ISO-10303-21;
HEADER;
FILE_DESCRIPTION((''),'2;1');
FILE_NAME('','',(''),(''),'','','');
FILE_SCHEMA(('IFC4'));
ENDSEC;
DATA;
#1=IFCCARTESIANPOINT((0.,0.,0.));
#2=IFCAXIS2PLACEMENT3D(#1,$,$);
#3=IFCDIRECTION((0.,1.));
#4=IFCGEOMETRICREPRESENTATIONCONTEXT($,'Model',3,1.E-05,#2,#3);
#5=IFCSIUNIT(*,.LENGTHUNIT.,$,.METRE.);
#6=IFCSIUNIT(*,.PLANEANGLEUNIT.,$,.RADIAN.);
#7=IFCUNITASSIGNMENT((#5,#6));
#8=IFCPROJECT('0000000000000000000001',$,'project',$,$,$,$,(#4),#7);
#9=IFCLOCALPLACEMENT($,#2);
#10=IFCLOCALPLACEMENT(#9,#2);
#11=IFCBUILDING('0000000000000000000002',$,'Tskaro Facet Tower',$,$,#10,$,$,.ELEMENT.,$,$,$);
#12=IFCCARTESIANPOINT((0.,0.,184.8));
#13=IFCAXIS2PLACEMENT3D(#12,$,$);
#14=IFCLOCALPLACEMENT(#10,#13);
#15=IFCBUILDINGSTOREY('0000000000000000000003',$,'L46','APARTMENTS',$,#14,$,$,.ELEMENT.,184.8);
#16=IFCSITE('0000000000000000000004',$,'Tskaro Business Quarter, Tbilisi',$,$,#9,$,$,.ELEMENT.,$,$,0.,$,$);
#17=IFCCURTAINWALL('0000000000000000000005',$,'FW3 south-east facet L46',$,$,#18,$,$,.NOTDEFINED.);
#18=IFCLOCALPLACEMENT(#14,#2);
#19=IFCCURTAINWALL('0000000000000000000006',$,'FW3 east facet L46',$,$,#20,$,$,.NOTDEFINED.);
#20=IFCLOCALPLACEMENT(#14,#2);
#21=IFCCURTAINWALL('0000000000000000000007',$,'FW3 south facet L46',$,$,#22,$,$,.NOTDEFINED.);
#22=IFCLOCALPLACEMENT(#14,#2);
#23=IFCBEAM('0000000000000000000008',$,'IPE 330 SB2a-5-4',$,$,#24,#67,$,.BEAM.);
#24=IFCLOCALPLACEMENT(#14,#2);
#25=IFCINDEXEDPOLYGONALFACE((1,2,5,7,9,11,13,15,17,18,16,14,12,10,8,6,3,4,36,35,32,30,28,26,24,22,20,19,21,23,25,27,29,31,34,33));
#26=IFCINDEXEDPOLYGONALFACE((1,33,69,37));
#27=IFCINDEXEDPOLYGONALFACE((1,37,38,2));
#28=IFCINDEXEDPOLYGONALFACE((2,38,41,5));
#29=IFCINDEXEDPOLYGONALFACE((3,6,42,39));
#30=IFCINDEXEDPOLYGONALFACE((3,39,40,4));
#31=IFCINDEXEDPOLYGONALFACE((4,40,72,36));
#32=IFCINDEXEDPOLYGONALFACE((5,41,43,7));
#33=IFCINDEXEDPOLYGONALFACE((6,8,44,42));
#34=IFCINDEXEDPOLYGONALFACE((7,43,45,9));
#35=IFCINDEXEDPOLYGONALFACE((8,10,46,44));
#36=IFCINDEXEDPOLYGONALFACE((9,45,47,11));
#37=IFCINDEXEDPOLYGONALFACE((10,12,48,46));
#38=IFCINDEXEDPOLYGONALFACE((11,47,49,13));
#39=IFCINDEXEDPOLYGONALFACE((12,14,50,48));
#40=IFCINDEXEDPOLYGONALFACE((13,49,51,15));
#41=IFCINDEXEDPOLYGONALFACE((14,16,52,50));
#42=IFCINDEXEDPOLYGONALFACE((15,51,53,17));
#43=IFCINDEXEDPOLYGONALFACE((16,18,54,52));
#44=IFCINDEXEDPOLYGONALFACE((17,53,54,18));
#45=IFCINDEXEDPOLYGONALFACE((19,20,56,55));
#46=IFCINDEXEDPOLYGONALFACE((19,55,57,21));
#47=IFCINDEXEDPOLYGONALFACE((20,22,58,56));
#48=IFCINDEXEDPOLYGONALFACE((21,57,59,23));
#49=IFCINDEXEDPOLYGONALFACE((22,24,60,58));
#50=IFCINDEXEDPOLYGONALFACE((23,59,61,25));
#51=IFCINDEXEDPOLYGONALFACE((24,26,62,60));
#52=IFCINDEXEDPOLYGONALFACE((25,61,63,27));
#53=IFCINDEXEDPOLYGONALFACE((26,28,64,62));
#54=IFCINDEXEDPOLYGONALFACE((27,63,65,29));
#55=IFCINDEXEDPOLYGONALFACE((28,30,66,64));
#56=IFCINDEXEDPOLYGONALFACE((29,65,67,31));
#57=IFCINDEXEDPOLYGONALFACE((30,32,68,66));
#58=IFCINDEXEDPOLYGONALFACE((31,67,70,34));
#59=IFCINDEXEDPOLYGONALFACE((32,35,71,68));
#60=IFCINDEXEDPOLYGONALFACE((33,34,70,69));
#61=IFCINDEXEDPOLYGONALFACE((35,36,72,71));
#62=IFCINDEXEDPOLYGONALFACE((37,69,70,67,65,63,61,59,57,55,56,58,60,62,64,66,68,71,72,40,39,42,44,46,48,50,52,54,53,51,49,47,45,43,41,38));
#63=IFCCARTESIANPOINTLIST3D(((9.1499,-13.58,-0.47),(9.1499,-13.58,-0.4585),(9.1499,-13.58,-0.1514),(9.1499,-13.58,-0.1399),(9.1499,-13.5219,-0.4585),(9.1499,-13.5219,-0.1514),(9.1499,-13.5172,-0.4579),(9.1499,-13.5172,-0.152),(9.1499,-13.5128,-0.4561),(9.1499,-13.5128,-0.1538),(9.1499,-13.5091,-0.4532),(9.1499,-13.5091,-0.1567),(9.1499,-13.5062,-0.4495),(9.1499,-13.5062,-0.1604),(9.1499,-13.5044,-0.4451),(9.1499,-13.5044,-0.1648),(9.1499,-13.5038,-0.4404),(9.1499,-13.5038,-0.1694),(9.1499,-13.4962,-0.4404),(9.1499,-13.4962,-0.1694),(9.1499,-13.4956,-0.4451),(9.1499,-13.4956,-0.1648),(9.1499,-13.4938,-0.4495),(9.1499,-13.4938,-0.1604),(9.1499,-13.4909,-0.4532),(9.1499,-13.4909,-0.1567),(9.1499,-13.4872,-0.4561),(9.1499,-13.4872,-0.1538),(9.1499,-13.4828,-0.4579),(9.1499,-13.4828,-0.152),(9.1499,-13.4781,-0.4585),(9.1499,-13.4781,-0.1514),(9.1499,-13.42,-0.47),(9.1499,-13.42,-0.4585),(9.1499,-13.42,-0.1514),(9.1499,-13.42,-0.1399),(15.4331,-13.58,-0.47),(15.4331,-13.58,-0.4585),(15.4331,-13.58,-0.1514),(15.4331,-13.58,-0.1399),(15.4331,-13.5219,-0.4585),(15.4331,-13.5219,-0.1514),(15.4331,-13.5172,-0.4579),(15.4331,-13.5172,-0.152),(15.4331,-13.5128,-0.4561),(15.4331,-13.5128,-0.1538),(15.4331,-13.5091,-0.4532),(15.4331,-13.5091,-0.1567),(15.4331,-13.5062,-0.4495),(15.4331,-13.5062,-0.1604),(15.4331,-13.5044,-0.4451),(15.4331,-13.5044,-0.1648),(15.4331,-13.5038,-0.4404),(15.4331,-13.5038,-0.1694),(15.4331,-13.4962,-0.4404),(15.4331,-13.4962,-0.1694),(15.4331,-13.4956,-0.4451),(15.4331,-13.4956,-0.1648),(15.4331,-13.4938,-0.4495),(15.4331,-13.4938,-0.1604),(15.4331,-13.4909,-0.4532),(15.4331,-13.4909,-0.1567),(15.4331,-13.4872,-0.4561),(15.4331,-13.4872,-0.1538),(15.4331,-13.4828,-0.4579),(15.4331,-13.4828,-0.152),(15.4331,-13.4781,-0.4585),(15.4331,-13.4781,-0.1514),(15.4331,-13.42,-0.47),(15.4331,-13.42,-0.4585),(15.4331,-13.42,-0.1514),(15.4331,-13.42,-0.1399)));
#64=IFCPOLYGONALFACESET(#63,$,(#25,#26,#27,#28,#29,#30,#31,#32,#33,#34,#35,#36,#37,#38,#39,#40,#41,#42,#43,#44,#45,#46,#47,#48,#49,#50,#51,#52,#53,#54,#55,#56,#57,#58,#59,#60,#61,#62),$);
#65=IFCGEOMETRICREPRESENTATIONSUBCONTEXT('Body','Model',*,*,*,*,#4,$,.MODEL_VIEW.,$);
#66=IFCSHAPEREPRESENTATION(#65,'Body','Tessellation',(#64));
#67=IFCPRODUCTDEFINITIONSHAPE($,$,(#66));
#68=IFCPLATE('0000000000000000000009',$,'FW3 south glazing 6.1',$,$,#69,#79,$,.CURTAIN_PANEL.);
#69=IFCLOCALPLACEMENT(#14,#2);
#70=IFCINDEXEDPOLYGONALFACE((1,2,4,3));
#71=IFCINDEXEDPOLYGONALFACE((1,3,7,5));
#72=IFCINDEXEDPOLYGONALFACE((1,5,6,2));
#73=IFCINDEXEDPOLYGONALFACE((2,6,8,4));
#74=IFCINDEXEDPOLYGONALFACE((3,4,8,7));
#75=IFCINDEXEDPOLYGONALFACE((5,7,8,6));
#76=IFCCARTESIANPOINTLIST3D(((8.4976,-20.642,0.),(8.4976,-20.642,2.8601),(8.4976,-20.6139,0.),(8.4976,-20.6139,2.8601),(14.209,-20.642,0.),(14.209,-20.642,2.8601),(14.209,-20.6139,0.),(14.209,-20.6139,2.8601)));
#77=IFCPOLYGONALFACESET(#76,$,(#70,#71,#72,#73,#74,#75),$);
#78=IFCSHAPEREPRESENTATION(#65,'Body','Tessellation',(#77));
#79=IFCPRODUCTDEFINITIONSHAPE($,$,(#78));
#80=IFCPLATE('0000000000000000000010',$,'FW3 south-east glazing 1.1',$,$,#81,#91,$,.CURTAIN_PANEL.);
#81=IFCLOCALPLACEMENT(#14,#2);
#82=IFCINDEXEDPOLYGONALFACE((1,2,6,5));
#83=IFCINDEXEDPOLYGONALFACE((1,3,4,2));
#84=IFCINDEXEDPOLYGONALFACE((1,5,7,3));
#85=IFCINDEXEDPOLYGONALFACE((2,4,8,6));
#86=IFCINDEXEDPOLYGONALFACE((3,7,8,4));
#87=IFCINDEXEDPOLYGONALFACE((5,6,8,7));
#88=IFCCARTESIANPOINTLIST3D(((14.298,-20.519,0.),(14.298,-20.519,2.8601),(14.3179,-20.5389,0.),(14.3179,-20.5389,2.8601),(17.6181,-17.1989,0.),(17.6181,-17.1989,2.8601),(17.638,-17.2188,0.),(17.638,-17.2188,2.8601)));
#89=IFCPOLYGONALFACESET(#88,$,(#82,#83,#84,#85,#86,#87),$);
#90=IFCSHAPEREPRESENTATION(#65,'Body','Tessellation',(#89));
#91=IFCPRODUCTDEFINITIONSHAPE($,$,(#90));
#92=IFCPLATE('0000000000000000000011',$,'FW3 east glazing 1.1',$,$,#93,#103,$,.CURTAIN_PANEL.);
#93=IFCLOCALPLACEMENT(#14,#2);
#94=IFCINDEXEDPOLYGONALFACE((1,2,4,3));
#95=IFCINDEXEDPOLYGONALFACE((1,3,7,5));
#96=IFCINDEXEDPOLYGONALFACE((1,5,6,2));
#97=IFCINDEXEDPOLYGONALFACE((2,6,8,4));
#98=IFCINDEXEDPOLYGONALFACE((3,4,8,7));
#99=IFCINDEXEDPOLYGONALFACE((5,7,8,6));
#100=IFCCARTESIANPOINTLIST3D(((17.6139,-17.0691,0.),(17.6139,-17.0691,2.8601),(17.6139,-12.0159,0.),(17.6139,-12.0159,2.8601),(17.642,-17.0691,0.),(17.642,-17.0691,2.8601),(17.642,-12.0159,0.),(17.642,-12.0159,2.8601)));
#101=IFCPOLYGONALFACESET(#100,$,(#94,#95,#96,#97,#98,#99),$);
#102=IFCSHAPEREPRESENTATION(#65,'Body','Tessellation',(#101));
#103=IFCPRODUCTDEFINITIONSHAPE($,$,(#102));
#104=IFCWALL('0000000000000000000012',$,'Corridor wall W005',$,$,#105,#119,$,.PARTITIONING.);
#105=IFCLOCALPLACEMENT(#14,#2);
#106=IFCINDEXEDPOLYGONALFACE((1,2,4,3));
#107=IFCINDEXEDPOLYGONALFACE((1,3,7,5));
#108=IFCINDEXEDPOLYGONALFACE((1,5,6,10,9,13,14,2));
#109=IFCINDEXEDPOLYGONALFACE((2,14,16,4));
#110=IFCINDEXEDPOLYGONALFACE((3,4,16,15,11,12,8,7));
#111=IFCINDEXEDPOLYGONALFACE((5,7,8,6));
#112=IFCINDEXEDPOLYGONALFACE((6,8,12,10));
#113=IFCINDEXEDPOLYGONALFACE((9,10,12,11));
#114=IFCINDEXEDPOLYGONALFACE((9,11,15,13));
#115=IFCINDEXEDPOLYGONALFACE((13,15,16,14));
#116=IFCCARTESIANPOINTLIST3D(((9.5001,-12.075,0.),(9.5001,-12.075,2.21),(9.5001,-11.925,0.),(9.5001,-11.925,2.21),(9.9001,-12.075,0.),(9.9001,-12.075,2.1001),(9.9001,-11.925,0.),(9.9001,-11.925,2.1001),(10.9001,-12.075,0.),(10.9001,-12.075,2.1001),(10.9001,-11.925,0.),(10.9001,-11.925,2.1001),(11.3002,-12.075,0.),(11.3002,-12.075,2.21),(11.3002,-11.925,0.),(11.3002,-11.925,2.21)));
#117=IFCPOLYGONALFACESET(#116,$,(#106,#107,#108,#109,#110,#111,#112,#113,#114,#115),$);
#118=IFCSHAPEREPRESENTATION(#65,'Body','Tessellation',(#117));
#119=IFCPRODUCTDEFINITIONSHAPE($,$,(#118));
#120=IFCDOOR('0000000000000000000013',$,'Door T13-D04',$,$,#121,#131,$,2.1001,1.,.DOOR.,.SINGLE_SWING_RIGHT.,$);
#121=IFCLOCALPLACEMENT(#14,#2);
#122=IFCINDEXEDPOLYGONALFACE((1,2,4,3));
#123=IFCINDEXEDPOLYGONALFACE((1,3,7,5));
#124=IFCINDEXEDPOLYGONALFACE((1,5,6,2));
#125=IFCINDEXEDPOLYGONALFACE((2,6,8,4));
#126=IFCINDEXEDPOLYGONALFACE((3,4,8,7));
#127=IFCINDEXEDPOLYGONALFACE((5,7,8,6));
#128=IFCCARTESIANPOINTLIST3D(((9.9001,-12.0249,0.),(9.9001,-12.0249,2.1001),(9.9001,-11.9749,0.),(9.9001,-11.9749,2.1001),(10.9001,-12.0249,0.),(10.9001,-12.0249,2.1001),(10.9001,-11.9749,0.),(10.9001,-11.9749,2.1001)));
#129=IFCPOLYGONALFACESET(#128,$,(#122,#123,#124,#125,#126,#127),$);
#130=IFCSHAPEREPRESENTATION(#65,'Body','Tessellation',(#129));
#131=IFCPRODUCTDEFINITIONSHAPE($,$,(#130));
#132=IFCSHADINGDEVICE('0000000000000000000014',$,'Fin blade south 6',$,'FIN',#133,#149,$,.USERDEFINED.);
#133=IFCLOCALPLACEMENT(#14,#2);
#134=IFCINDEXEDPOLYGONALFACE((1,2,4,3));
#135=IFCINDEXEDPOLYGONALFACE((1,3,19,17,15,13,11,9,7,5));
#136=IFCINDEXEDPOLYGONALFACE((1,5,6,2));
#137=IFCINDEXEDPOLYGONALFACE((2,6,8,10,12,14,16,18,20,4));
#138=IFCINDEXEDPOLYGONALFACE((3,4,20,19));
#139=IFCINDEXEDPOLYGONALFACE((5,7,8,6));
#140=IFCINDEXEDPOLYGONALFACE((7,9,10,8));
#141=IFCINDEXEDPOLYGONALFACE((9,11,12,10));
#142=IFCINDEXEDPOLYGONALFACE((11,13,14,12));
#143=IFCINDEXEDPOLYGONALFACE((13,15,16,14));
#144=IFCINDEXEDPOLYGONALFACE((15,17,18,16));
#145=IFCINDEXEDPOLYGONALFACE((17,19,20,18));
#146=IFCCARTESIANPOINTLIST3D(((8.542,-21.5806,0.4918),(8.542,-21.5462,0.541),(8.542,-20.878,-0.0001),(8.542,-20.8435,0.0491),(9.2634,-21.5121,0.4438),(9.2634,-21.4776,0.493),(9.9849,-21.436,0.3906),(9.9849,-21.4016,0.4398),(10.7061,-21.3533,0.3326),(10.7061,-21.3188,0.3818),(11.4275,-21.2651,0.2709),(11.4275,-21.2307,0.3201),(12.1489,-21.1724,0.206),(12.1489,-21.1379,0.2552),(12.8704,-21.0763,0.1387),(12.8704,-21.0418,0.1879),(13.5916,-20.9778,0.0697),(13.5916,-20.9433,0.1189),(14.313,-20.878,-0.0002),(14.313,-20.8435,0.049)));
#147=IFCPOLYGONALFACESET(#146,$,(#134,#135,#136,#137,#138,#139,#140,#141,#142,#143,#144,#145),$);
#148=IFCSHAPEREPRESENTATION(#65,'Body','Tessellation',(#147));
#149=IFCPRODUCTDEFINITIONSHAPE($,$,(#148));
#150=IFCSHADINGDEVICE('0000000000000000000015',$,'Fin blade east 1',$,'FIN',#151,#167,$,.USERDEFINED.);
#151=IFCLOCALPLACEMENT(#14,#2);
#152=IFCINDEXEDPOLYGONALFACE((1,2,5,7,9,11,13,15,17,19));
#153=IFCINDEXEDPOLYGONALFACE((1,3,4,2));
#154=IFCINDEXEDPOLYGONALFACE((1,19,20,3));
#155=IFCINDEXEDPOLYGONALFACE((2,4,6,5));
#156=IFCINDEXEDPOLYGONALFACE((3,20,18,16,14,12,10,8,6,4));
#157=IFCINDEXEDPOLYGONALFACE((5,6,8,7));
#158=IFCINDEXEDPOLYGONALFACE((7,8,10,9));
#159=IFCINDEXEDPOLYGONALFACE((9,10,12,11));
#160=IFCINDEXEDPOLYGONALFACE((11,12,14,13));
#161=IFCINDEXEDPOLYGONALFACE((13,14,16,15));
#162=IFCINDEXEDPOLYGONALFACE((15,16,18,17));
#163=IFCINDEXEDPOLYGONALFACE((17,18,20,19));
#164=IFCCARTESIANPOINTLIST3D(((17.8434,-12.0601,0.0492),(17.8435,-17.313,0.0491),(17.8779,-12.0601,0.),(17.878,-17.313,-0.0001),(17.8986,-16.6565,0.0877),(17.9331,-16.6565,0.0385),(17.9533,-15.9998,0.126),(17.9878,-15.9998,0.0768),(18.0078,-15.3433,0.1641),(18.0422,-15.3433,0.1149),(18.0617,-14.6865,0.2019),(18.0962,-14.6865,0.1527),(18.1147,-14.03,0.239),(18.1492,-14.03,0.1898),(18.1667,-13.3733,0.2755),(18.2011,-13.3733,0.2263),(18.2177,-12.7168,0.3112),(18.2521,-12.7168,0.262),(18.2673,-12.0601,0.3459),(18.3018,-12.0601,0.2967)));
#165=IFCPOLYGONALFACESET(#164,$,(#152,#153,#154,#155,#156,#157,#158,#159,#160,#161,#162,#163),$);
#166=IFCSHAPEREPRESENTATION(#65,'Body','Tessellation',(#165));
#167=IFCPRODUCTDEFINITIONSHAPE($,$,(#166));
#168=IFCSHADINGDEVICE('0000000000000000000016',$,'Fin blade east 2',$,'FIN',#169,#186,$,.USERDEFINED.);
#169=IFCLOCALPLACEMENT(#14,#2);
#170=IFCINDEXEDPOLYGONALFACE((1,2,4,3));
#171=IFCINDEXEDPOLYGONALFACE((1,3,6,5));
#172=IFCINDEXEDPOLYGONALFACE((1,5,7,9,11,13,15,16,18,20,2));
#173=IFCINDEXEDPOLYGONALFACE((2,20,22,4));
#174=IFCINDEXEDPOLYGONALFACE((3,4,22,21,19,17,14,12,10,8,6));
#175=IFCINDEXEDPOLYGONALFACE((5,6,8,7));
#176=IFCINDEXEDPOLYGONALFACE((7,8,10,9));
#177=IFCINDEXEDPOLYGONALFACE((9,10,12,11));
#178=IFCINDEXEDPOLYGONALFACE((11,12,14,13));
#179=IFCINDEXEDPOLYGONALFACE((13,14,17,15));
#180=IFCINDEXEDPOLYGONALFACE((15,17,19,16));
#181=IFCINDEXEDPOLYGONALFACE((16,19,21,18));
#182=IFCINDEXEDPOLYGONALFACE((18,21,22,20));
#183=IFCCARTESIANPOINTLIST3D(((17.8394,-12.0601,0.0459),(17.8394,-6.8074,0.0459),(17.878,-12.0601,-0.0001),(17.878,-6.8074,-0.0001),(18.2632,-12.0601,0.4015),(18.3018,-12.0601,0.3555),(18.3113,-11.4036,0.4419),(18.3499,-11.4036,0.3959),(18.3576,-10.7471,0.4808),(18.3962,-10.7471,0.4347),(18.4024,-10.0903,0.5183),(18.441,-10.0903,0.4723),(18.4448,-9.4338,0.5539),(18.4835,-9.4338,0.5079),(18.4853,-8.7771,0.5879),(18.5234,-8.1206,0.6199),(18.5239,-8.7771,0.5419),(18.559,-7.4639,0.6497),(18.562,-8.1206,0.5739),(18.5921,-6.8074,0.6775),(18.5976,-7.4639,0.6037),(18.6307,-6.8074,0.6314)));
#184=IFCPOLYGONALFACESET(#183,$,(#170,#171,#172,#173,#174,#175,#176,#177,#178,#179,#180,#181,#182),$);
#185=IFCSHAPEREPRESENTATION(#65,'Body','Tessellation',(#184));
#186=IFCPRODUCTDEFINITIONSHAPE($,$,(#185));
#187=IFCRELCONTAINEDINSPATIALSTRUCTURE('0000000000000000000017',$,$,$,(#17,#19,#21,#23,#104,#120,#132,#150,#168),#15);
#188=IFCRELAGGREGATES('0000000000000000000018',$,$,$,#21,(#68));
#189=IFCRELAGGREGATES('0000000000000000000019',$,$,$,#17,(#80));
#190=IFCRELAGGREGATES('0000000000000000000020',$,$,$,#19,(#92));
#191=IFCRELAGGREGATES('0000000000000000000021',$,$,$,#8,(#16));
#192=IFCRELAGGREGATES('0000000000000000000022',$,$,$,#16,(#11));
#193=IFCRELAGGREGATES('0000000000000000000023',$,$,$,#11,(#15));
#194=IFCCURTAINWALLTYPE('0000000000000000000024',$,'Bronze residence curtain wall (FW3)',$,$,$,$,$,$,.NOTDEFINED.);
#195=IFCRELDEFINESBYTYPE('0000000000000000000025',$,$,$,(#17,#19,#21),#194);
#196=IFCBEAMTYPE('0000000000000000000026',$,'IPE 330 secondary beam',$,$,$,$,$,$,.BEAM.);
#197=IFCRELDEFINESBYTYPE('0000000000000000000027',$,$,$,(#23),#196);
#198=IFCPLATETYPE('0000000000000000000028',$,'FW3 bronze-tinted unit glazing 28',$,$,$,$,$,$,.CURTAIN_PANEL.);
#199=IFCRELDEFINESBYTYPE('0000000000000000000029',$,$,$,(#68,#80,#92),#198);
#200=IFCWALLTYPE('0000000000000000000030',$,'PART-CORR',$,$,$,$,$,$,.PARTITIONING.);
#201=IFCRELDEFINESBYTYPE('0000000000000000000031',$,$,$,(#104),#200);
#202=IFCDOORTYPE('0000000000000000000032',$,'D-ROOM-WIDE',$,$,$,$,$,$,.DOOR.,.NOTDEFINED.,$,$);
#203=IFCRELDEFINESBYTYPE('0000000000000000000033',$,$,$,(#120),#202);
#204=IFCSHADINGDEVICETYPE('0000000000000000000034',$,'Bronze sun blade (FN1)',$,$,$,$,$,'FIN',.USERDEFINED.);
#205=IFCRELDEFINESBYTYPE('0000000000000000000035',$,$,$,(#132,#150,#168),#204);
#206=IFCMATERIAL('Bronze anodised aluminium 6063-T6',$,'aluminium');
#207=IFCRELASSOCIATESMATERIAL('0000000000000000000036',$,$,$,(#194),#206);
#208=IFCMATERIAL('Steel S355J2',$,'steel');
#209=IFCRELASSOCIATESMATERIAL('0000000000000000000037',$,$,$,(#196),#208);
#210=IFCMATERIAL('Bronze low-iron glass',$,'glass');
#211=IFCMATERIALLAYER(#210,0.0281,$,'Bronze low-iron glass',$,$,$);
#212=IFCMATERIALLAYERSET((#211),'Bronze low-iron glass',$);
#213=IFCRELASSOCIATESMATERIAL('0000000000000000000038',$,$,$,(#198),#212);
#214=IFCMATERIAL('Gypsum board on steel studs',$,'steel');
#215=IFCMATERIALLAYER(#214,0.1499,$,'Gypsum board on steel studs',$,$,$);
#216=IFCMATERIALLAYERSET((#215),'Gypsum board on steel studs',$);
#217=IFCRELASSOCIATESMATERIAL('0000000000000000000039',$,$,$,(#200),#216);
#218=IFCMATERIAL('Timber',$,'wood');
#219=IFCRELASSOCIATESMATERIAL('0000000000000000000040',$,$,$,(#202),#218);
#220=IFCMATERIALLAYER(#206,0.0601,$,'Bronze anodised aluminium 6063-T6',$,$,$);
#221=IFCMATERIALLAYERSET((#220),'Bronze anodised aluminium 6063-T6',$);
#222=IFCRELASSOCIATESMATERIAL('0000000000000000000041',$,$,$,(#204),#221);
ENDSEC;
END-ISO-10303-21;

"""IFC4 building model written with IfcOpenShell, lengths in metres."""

from ifc_helpers import new_model, si_unit, direction, frame, frame_2d, origin, origin_2d, place, context, subcontext, project, spatial, polyline, rectangle, i_section, outline, extrude, material, layer, layer_set, material_profile, profile_set, type_object, element, fill, aggregate, save


model = new_model("IFC4")

# Units and contexts
model_context = context("Model", 3, precision=1e-05, world=origin(), true_north=direction((0.0, 1.0)))
body_context = subcontext(model_context, "Body", "Model", "MODEL_VIEW")
ifc_project = project(units=[si_unit("LENGTHUNIT", "METRE"), si_unit("PLANEANGLEUNIT", "RADIAN")], contexts=[model_context])

# Site, building, storey
site_placement = place(None, origin())
site = spatial("IfcSite", under=ifc_project, at=site_placement, Name="Tskaro Business Quarter, Tbilisi", CompositionType="ELEMENT", RefElevation=0.0)
building_placement = place(site_placement, origin())
building = spatial("IfcBuilding", under=site, at=building_placement, Name="Tskaro Facet Tower", CompositionType="ELEMENT")
storey_placement = place(building_placement, frame((0.0, 0.0, 184.8)))
storey = spatial("IfcBuildingStorey", under=building, at=storey_placement, Name="L46", Description="APARTMENTS", CompositionType="ELEMENT", Elevation=184.8)

# Curtain walls
ifc_material_1 = material(Name="Bronze anodised aluminium 6063-T6", Category="aluminium")
curtain_wall_type = type_object("IfcCurtainWallType", Name="Bronze residence curtain wall (FW3)", PredefinedType="NOTDEFINED", material=ifc_material_1)
curtain_wall_1_placement = place(storey_placement, origin())
curtain_wall_1 = element("IfcCurtainWall", 1, at=curtain_wall_1_placement, inside=storey, type_object=curtain_wall_type, Name="FW3 south-east facet L46", PredefinedType="NOTDEFINED")
curtain_wall_2_placement = place(storey_placement, origin())
curtain_wall_2 = element("IfcCurtainWall", 2, at=curtain_wall_2_placement, inside=storey, type_object=curtain_wall_type, Name="FW3 east facet L46", PredefinedType="NOTDEFINED")
curtain_wall_3_placement = place(storey_placement, origin())
curtain_wall_3 = element("IfcCurtainWall", 3, at=curtain_wall_3_placement, inside=storey, type_object=curtain_wall_type, Name="FW3 south facet L46", PredefinedType="NOTDEFINED")

# Beam
ifc_material_2 = material(Name="Steel S355J2", Category="steel")
ifc_material_profile_1 = material_profile(ifc_material_2, i_section(OverallWidth=0.1599, OverallDepth=0.3301, WebThickness=0.0076, FlangeThickness=0.0115, FilletRadius=0.0181, at=origin_2d()), Name="IPE 330")
ifc_profile_set_1 = profile_set([ifc_material_profile_1], Name="Steel S355J2")
beam_type_1 = type_object("IfcBeamType", Name="IPE 330 secondary beam", PredefinedType="BEAM", material=ifc_profile_set_1)
beam_1_placement = place(storey_placement, frame((9.1499, -13.5, -0.3049), z_axis=(1.0, 0.0, 0.0), x_axis=(0.0, 1.0, 0.0)))
element("IfcBeam", 4, at=beam_1_placement, inside=storey, type_object=beam_type_1, Name="IPE 330 SB2a-5-4", PredefinedType="BEAM", context=body_context, shape_type="SweptSolid", body=[
    extrude(i_section(OverallWidth=0.1599, OverallDepth=0.3301, WebThickness=0.0076, FlangeThickness=0.0115, FilletRadius=0.0181, at=origin_2d()), origin(), (0.0, 0.0, 1.0), 6.2832),
])

# Plates
ifc_material_3 = material(Name="Bronze low-iron glass", Category="glass")
ifc_layer_1 = layer(ifc_material_3, 0.0281, Name="Bronze low-iron glass")
ifc_layer_set_1 = layer_set([ifc_layer_1], Name="Bronze low-iron glass")
plate_type = type_object("IfcPlateType", Name="FW3 bronze-tinted unit glazing 28", PredefinedType="CURTAIN_PANEL", material=ifc_layer_set_1)
plate_1_placement = place(storey_placement, frame((11.3533, -20.6279, 0.0), z_axis=(0.0, 0.0, 1.0), x_axis=(1.0, 0.0, 0.0)))
plate_1 = element("IfcPlate", 5, at=plate_1_placement, type_object=plate_type, Name="FW3 south glazing 6.1", PredefinedType="CURTAIN_PANEL", context=body_context, shape_type="SweptSolid", body=[
    extrude(rectangle(XDim=5.7114, YDim=0.0281, at=origin_2d()), origin(), (0.0, 0.0, 1.0), 2.8601),
])
aggregate(curtain_wall_3, [plate_1])
plate_2_placement = place(storey_placement, frame((15.968, -18.8689, 0.0), z_axis=(0.0, 0.0, 1.0), x_axis=(0.707107, 0.707107, 0.0)))
plate_2 = element("IfcPlate", 6, at=plate_2_placement, type_object=plate_type, Name="FW3 south-east glazing 1.1", PredefinedType="CURTAIN_PANEL", context=body_context, shape_type="SweptSolid", body=[
    extrude(rectangle(XDim=4.6953, YDim=0.0281, at=origin_2d()), origin(), (0.0, 0.0, 1.0), 2.8601),
])
aggregate(curtain_wall_1, [plate_2])
plate_3_placement = place(storey_placement, frame((17.6279, -14.5425, 0.0), z_axis=(0.0, 0.0, 1.0), x_axis=(0.0, 1.0, 0.0)))
plate_3 = element("IfcPlate", 7, at=plate_3_placement, type_object=plate_type, Name="FW3 east glazing 1.1", PredefinedType="CURTAIN_PANEL", context=body_context, shape_type="SweptSolid", body=[
    extrude(rectangle(XDim=5.0532, YDim=0.0281, at=origin_2d()), origin(), (0.0, 0.0, 1.0), 2.8601),
])
aggregate(curtain_wall_2, [plate_3])

# Wall, opening, door
ifc_material_4 = material(Name="Gypsum board on steel studs", Category="steel")
ifc_layer_2 = layer(ifc_material_4, 0.1499, Name="Gypsum board on steel studs")
ifc_layer_set_2 = layer_set([ifc_layer_2], Name="Gypsum board on steel studs")
wall_type = type_object("IfcWallType", Name="PART-CORR", PredefinedType="PARTITIONING", material=ifc_layer_set_2)
wall_placement = place(storey_placement, frame((11.3, -12.0, 0.0), z_axis=(0.0, 0.0, 1.0), x_axis=(-1.0, 0.0, 0.0)))
wall = element("IfcWall", 8, at=wall_placement, inside=storey, type_object=wall_type, Name="Corridor wall W005", PredefinedType="PARTITIONING", context=body_context, shape_type="SweptSolid", body=[
    extrude(rectangle(XDim=1.8, YDim=0.1499, at=frame_2d((0.8999, 0.0))), origin(), (0.0, 0.0, 1.0), 2.21),
])
opening_placement = place(wall_placement, frame((0.3999, 0.0, 0.0)))
opening = element("IfcOpeningElement", 9, at=opening_placement, cuts=wall, PredefinedType="OPENING", context=body_context, shape_type="SweptSolid", body=[
    extrude(rectangle(XDim=1.0, YDim=2.1001, at=frame_2d((0.5, 1.05))), frame((0.0, 0.085, 0.0), z_axis=(0.0, -1.0, 0.0), x_axis=(1.0, 0.0, 0.0)), (0.0, 0.0, 1.0), 0.1699),
])
ifc_material_5 = material(Name="Timber", Category="wood")
door_type = type_object("IfcDoorType", Name="D-ROOM-WIDE", OperationType="NOTDEFINED", PredefinedType="DOOR", material=ifc_material_5)
door_placement = place(opening_placement, origin())
door = element("IfcDoor", 10, at=door_placement, inside=storey, type_object=door_type, Name="Door T13-D04", OperationType="SINGLE_SWING_RIGHT", OverallHeight=2.1001, OverallWidth=1.0, PredefinedType="DOOR", context=body_context, shape_type="SweptSolid", body=[
    extrude(rectangle(XDim=1.0, YDim=2.1001, at=frame_2d((0.5, 1.05))), frame((0.0, 0.0249, 0.0), z_axis=(0.0, -1.0, 0.0), x_axis=(1.0, 0.0, 0.0)), (0.0, 0.0, 1.0), 0.05),
])
fill(opening, door)

# Shading devices
ifc_layer_3 = layer(ifc_material_1, 0.0601, Name="Bronze anodised aluminium 6063-T6")
ifc_layer_set_3 = layer_set([ifc_layer_3], Name="Bronze anodised aluminium 6063-T6")
shading_device_type = type_object("IfcShadingDeviceType", Name="Bronze sun blade (FN1)", ElementType="FIN", PredefinedType="USERDEFINED", material=ifc_layer_set_3)
shading_device_1_placement = place(storey_placement, frame((8.542, -20.8435, 0.0491), z_axis=(0.000006, 0.573512, 0.819197), x_axis=(1.0, -0.000003, -0.000005)))
element("IfcShadingDevice", 11, at=shading_device_1_placement, inside=storey, type_object=shading_device_type, Name="Fin blade south 6", ObjectType="FIN", PredefinedType="USERDEFINED", context=body_context, shape_type="SweptSolid", body=[
    extrude(outline(polyline([(0.0, 0.0), (5.771, 0.0), (5.0496, -0.1218), (4.3284, -0.2421), (3.6069, -0.3594), (2.8855, -0.4726), (2.1641, -0.5802), (1.4429, -0.6812), (0.7214, -0.7741), (0.0, -0.8577), (0.0, 0.0)])), origin(), (0.0, 0.0, -1.0), 0.0601),
])
shading_device_2_placement = place(storey_placement, frame((17.8435, -17.313, 0.0491), z_axis=(-0.573517, -0.000024, 0.819194), x_axis=(-0.000014, 1.0, 0.000019)))
element("IfcShadingDevice", 12, at=shading_device_2_placement, inside=storey, type_object=shading_device_type, Name="Fin blade east 1", ObjectType="FIN", PredefinedType="USERDEFINED", context=body_context, shape_type="SweptSolid", body=[
    extrude(outline(polyline([(0.0, 0.0), (5.2529, 0.0), (5.2529, -0.5175), (4.5962, -0.4568), (3.9397, -0.3946), (3.283, -0.3311), (2.6265, -0.2665), (1.9697, -0.2005), (1.3132, -0.1341), (0.6565, -0.0673), (0.0, 0.0)])), origin(), (0.0, 0.0, -1.0), 0.0601),
])
shading_device_3_placement = place(storey_placement, frame((17.8394, -12.0601, 0.0459), z_axis=(-0.64276, 0.0, 0.766068), x_axis=(0.0, 1.0, 0.0)))
element("IfcShadingDevice", 13, at=shading_device_3_placement, inside=storey, type_object=shading_device_type, Name="Fin blade east 2", ObjectType="FIN", PredefinedType="USERDEFINED", context=body_context, shape_type="SweptSolid", body=[
    extrude(outline(polyline([(0.0, 0.0), (5.2527, 0.0), (5.2527, -0.9826), (4.5962, -0.9394), (3.9395, -0.893), (3.283, -0.8432), (2.6262, -0.7904), (1.9697, -0.7349), (1.313, -0.6765), (0.6565, -0.6161), (0.0, -0.5533), (0.0, 0.0)])), origin(), (0.0, 0.0, -1.0), 0.0601),
])

save(model, "model.ifc")
